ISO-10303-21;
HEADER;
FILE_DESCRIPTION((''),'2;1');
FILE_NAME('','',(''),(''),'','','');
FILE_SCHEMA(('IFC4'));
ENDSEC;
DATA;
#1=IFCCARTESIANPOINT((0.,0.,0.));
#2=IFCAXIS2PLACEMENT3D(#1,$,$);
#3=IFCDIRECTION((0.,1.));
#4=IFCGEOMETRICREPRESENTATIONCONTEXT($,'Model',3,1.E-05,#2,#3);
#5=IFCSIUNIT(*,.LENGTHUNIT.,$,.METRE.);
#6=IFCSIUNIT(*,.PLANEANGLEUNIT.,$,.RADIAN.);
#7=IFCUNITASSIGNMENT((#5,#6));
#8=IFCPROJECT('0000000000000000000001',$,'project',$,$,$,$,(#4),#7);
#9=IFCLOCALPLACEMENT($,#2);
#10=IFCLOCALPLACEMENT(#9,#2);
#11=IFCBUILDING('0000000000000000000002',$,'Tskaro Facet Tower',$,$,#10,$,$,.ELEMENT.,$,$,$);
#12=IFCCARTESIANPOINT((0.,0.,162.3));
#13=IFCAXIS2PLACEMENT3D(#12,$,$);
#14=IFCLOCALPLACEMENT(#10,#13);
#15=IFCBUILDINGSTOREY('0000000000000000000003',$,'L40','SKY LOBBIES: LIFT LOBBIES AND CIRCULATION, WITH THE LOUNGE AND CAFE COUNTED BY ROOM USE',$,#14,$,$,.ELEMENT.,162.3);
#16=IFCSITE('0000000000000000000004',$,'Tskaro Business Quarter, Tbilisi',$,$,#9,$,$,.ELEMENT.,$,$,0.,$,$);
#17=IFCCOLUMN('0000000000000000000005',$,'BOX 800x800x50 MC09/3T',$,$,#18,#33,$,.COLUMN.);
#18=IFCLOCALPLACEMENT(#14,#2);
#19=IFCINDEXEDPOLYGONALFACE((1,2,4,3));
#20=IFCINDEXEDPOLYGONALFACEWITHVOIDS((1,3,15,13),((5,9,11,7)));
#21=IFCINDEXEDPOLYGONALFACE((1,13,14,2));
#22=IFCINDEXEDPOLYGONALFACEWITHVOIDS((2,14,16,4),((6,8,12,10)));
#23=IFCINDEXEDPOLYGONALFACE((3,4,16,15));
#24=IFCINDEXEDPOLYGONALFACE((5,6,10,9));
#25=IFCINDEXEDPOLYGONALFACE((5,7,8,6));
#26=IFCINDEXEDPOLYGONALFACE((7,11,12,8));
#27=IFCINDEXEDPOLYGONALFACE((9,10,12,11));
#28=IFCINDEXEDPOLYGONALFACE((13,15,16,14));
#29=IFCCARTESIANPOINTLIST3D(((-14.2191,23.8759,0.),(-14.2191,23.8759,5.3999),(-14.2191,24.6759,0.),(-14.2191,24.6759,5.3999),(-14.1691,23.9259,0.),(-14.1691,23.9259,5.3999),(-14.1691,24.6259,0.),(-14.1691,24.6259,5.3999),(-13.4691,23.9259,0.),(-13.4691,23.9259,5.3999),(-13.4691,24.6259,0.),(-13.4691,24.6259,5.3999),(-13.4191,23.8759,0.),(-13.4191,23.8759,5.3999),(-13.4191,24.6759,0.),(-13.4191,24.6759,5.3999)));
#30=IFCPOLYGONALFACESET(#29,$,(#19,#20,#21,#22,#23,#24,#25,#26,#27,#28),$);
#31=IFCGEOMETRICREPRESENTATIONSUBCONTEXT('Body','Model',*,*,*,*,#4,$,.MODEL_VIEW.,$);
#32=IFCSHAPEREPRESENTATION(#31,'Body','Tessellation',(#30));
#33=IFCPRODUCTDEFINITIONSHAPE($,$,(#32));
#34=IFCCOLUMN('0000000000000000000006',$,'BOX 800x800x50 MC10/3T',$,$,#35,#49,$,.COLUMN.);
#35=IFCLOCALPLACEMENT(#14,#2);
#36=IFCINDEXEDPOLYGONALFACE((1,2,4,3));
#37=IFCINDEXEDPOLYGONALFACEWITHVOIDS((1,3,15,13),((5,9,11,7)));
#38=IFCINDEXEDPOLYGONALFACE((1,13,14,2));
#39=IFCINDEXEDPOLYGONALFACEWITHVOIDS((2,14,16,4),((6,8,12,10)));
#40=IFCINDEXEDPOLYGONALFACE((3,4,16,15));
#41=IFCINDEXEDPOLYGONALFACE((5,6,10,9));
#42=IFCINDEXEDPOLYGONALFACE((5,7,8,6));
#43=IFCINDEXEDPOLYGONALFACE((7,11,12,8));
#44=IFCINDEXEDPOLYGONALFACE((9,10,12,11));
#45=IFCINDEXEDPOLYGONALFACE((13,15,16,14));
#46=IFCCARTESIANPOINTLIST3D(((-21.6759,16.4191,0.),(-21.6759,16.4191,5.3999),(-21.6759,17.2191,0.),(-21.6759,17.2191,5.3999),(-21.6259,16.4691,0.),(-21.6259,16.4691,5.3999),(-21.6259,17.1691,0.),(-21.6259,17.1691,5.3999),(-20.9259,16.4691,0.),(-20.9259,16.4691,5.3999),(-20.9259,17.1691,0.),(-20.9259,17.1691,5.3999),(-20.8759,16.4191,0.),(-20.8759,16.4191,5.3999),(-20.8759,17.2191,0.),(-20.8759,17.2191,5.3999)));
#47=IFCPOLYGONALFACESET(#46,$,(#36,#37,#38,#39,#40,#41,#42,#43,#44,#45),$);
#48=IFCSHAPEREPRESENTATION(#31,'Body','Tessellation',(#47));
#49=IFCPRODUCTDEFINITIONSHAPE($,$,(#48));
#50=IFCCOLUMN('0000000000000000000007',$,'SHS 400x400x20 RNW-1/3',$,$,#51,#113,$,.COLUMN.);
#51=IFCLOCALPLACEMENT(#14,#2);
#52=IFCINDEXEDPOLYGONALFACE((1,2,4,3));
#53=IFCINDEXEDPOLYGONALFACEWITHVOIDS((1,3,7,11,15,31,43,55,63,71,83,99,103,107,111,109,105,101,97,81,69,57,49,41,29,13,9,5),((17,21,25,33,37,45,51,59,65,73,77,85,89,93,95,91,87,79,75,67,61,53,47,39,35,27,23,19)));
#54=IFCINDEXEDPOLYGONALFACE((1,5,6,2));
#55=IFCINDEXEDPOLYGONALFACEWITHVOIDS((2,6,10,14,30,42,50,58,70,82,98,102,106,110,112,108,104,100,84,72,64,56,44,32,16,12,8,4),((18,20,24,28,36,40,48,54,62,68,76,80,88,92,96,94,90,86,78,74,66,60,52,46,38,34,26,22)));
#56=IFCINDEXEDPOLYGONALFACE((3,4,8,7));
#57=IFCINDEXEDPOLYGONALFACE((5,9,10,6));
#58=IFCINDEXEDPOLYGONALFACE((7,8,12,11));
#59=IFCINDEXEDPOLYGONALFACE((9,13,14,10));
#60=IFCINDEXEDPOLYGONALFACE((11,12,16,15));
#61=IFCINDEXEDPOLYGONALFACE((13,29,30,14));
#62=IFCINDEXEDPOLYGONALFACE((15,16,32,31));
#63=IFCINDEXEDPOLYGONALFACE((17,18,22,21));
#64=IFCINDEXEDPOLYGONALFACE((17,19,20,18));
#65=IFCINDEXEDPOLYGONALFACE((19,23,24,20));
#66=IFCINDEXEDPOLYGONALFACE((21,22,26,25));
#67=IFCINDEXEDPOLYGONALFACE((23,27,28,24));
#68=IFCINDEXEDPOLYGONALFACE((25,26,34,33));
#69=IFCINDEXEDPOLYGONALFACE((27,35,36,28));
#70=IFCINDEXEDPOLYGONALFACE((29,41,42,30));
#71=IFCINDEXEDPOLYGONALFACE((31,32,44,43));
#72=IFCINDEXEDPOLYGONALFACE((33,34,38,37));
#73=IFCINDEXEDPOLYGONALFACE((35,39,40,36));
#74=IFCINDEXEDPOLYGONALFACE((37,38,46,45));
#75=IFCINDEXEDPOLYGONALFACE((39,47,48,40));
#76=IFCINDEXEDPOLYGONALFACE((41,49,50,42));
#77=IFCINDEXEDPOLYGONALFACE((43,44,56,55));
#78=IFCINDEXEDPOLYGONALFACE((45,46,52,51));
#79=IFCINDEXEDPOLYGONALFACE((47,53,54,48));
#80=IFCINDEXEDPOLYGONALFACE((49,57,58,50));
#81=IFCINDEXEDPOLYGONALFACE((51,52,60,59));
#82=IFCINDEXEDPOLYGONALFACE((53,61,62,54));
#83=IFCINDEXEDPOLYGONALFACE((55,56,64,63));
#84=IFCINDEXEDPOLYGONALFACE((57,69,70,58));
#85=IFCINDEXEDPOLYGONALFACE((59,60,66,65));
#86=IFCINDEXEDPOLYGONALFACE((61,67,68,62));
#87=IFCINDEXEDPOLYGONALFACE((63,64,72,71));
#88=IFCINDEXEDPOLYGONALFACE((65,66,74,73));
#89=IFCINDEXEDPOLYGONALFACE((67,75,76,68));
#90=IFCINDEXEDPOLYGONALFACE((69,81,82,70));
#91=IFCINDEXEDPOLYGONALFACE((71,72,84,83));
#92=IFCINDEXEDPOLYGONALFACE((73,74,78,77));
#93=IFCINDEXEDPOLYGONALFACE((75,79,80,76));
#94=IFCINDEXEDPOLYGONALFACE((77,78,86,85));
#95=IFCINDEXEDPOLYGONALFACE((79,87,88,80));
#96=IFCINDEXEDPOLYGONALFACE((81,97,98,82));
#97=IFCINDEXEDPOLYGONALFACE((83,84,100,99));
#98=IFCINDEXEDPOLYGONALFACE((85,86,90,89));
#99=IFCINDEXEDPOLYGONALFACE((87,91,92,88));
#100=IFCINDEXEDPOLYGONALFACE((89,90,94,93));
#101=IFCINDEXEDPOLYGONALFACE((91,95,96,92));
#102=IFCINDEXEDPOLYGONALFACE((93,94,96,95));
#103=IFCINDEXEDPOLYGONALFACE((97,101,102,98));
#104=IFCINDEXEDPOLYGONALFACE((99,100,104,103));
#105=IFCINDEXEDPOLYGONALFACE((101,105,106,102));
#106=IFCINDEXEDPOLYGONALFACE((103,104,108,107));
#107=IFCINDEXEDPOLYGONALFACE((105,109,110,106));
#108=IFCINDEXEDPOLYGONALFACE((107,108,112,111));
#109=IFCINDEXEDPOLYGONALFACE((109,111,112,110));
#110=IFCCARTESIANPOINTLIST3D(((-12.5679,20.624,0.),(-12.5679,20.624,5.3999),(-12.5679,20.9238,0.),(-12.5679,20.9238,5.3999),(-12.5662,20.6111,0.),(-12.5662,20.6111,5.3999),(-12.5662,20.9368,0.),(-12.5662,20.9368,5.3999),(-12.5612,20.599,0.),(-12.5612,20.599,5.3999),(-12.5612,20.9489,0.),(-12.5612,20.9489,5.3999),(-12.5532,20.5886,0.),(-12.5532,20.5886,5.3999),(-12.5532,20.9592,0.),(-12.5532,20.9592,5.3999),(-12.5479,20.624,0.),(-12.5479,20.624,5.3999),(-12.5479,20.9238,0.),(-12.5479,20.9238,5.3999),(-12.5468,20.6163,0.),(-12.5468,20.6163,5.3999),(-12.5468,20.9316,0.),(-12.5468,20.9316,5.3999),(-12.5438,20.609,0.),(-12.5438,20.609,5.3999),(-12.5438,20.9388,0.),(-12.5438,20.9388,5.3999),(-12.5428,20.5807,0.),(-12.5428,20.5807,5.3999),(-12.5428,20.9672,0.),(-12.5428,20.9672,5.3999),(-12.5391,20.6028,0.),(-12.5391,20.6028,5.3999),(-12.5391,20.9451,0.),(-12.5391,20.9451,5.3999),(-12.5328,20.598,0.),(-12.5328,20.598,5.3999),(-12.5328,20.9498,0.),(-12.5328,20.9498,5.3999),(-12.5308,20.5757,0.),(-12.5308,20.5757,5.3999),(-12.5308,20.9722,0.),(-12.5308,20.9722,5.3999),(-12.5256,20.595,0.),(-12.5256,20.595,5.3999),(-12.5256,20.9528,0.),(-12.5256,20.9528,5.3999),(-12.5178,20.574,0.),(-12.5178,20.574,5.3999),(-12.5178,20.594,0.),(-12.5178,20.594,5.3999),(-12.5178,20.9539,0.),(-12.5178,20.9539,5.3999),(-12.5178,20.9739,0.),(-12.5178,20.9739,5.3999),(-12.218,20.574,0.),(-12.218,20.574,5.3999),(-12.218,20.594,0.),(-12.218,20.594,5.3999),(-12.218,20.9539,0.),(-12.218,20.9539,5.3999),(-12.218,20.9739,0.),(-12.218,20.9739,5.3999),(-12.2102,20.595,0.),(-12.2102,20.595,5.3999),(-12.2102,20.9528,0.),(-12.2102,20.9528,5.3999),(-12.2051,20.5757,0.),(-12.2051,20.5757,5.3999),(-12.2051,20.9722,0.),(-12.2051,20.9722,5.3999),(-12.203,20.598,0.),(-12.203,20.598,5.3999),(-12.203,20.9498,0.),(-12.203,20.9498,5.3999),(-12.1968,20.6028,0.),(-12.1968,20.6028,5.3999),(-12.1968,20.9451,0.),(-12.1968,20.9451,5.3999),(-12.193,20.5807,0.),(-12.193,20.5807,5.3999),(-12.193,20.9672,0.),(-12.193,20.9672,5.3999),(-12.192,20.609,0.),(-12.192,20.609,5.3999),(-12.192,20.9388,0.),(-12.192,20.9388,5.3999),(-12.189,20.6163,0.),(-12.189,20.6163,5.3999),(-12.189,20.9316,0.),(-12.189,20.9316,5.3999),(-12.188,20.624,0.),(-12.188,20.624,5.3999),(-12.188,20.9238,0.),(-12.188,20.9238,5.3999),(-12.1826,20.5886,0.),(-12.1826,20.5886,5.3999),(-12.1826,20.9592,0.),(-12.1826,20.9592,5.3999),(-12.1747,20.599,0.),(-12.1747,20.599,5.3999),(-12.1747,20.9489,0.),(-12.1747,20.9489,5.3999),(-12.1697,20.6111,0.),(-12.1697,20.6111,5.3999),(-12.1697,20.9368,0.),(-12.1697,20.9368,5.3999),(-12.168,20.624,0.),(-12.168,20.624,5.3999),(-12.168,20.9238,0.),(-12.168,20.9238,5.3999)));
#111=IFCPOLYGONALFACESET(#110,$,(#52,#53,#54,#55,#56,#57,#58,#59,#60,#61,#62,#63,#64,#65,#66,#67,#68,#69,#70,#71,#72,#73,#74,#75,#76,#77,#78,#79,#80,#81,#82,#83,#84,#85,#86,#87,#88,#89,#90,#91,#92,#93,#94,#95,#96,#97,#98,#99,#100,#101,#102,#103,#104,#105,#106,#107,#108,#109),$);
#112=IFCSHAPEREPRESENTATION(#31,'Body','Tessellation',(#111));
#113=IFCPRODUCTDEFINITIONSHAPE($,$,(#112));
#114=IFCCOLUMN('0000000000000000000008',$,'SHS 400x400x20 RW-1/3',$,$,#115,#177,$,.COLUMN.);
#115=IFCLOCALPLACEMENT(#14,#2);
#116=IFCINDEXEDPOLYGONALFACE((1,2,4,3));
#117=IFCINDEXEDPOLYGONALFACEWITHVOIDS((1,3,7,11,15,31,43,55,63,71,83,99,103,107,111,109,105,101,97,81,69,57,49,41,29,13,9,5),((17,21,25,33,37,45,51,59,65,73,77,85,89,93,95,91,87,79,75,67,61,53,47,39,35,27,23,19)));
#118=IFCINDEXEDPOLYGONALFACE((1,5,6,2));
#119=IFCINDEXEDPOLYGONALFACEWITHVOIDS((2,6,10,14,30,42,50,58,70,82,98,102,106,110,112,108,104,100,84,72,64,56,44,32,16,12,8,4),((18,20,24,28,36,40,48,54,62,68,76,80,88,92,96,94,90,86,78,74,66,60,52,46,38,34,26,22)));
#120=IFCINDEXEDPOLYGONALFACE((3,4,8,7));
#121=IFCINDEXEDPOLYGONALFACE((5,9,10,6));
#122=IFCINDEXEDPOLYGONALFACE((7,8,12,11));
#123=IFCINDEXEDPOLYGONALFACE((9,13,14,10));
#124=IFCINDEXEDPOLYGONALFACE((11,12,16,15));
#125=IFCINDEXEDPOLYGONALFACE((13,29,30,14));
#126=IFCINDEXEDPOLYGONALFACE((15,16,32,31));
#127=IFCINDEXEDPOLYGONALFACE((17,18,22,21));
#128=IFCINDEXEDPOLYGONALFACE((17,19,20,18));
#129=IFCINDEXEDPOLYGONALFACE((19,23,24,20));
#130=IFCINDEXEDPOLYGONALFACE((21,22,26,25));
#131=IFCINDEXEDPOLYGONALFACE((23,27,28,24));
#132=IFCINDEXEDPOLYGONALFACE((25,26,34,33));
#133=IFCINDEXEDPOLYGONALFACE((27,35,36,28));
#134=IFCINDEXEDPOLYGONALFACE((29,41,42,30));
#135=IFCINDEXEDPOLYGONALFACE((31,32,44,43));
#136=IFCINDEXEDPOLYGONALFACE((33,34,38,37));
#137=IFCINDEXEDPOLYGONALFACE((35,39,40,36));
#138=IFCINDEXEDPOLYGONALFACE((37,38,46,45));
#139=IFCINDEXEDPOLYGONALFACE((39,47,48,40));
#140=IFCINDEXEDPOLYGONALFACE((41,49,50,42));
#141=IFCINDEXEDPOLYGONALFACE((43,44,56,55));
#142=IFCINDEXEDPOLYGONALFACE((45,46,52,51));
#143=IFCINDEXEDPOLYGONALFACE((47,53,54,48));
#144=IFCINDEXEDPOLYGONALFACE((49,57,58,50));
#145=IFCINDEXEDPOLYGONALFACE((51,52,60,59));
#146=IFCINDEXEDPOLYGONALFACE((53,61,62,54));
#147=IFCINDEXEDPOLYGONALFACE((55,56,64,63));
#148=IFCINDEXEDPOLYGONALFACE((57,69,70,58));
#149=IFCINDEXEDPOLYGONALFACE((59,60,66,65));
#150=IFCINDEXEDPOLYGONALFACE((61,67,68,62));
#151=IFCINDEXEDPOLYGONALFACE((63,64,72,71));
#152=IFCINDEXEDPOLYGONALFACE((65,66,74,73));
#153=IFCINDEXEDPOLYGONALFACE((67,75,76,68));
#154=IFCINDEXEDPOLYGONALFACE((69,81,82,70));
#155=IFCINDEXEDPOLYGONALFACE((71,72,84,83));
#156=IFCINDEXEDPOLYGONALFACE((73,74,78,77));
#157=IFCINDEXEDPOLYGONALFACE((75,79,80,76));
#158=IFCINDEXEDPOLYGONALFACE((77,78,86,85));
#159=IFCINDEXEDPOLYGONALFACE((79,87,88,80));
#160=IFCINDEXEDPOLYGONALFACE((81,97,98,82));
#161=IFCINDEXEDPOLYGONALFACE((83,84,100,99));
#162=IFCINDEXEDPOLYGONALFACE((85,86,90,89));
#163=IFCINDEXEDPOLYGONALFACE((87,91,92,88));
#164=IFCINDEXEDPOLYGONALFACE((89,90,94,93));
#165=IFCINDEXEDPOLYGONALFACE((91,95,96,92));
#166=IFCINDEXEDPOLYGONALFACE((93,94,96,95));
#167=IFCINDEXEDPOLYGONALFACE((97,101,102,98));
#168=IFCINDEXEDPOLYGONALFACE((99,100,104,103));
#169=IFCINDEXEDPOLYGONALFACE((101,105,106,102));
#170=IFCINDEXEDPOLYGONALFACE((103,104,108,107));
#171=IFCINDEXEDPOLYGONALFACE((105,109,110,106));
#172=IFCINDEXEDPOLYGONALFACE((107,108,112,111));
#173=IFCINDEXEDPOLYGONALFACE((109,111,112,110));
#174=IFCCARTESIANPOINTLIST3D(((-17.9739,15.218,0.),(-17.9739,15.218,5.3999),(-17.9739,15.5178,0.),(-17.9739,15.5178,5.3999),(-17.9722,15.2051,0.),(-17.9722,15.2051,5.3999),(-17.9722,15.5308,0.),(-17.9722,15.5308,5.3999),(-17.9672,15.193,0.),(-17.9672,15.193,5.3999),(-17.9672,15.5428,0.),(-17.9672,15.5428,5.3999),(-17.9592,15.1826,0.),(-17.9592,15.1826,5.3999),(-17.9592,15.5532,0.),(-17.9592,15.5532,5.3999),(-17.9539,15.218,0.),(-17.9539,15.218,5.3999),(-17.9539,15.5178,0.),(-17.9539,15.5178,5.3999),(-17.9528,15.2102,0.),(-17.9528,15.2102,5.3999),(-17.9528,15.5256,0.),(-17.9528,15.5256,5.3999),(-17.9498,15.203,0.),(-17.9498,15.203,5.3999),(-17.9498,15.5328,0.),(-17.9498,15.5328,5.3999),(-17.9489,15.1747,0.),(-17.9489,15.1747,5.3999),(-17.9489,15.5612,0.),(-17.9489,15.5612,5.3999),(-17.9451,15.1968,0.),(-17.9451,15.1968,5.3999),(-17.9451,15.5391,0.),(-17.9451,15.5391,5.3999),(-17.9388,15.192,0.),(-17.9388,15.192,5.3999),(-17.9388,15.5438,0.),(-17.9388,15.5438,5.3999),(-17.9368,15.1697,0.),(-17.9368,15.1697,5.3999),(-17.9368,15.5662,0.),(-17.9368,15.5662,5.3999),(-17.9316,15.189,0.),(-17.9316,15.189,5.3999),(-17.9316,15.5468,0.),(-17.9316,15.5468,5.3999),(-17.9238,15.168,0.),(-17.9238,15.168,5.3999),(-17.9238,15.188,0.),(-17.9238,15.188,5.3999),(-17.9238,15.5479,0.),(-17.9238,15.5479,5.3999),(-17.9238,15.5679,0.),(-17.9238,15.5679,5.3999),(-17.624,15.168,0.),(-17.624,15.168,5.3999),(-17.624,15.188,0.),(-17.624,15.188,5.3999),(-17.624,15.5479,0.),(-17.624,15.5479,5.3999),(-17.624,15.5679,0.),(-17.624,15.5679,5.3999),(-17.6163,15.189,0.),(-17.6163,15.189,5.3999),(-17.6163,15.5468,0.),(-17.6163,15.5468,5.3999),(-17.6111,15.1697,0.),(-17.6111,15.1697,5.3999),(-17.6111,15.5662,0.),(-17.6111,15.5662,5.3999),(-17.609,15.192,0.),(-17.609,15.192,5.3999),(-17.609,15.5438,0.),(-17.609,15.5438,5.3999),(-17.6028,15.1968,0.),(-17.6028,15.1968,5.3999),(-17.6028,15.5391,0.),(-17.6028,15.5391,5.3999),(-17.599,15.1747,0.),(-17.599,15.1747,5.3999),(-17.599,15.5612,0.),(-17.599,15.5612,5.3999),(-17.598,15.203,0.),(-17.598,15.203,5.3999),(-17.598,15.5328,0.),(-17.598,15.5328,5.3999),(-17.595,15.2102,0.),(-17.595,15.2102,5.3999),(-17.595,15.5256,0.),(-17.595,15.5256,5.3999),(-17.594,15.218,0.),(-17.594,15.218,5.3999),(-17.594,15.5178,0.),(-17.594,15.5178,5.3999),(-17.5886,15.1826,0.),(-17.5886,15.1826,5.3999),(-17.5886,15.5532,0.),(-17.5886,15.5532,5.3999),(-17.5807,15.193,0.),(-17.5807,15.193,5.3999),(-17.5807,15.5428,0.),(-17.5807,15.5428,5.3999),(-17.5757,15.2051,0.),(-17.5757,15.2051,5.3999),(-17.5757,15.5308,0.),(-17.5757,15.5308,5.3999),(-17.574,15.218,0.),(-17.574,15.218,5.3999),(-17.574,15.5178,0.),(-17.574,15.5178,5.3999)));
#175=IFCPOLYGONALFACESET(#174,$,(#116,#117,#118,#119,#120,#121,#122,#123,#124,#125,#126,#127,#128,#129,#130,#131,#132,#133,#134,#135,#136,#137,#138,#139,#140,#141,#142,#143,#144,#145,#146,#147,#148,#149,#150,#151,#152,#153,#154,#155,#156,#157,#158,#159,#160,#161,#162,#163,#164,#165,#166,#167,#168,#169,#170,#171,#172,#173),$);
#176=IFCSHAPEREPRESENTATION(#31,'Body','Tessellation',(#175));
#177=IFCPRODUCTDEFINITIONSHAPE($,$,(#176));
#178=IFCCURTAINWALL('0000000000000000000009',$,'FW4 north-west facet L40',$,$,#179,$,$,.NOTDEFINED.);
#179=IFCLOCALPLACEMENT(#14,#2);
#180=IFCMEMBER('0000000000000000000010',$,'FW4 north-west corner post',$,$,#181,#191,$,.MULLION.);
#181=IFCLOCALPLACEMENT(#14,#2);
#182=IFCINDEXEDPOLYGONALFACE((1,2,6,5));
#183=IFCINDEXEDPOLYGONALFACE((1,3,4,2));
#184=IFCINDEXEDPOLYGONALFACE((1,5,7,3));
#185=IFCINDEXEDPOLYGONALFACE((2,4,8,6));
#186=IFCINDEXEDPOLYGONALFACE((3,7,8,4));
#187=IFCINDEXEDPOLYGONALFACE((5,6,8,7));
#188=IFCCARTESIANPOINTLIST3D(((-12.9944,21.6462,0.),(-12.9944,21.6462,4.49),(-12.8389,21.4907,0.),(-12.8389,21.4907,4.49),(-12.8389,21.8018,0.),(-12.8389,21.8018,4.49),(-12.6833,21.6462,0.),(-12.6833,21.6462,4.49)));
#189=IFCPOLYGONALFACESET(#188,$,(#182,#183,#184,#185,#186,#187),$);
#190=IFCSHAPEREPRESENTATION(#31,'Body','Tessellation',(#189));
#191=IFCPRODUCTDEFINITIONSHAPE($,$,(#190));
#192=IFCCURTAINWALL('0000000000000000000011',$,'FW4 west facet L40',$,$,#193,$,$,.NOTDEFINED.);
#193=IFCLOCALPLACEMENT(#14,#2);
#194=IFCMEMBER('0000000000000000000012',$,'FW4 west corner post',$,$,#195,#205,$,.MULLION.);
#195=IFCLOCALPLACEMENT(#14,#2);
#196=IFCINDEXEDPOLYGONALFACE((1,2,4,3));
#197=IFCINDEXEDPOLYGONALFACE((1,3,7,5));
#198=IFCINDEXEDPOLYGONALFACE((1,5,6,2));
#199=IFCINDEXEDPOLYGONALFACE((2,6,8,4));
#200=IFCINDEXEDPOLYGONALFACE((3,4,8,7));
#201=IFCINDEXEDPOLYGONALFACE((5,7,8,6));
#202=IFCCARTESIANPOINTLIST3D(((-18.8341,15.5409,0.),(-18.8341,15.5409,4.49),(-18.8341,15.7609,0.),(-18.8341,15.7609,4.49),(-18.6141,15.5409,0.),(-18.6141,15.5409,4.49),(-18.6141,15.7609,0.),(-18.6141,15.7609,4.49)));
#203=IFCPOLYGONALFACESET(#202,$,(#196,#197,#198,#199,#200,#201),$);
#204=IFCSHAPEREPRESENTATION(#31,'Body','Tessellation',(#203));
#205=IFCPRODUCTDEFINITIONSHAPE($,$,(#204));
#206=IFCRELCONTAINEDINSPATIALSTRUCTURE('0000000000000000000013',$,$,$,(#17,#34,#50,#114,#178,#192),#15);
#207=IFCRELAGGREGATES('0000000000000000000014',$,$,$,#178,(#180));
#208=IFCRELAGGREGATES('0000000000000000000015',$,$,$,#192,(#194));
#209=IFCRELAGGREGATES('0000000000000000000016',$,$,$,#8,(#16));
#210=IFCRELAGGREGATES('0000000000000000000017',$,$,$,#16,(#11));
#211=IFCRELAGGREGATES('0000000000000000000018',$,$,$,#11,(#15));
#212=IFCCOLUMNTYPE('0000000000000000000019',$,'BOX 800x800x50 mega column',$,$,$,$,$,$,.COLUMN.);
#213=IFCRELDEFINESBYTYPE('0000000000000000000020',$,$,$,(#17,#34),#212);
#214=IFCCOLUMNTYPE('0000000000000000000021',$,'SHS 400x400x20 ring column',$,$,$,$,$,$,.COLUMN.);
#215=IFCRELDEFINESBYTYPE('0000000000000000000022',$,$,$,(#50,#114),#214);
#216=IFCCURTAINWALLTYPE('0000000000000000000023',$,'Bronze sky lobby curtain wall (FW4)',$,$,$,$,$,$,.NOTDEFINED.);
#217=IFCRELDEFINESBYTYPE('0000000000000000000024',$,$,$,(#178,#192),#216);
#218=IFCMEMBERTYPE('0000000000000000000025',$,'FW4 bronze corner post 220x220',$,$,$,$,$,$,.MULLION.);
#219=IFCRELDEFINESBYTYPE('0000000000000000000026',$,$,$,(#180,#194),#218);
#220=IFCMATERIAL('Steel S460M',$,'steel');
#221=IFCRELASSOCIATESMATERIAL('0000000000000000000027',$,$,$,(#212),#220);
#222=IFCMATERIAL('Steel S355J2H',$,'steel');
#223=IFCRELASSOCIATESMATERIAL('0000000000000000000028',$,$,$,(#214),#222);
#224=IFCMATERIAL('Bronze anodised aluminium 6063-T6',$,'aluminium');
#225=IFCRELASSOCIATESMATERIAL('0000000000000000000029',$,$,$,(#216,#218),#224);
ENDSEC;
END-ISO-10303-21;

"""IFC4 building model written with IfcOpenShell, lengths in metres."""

from ifc_helpers import new_model, si_unit, direction, frame, origin, origin_2d, place, context, subcontext, project, spatial, rectangle, hollow_rectangle, extrude, material, material_profile, profile_set, type_object, element, aggregate, save


model = new_model("IFC4")

# Units and contexts
model_context = context("Model", 3, precision=1e-05, world=origin(), true_north=direction((0.0, 1.0)))
body_context = subcontext(model_context, "Body", "Model", "MODEL_VIEW")
ifc_project = project(units=[si_unit("LENGTHUNIT", "METRE"), si_unit("PLANEANGLEUNIT", "RADIAN")], contexts=[model_context])

# Site, building, storey
site_placement = place(None, origin())
site = spatial("IfcSite", under=ifc_project, at=site_placement, Name="Tskaro Business Quarter, Tbilisi", CompositionType="ELEMENT", RefElevation=0.0)
building_placement = place(site_placement, origin())
building = spatial("IfcBuilding", under=site, at=building_placement, Name="Tskaro Facet Tower", CompositionType="ELEMENT")
storey_placement = place(building_placement, frame((0.0, 0.0, 162.3)))
storey = spatial("IfcBuildingStorey", under=building, at=storey_placement, Name="L40", Description="SKY LOBBIES: LIFT LOBBIES AND CIRCULATION, WITH THE LOUNGE AND CAFE COUNTED BY ROOM USE", CompositionType="ELEMENT", Elevation=162.3)

# Columns
ifc_material_1 = material(Name="Steel S460M", Category="steel")
ifc_material_profile_1 = material_profile(ifc_material_1, hollow_rectangle(XDim=0.8, YDim=0.8, WallThickness=0.05, at=origin_2d()), Name="BOX 800x800x50")
ifc_profile_set_1 = profile_set([ifc_material_profile_1], Name="Steel S460M")
column_type_1 = type_object("IfcColumnType", Name="BOX 800x800x50 mega column", PredefinedType="COLUMN", material=ifc_profile_set_1)
for number, where, z_axis, x_axis, name in (
    (1, (-13.8191, 24.2759, 0.0), (0.0, 0.0, 1.0), (1.0, 0.0, 0.0), "BOX 800x800x50 MC09/3T"),
    (2, (-21.2759, 16.8191, 0.0), (0.0, 0.0, 1.0), (1.0, 0.0, 0.0), "BOX 800x800x50 MC10/3T"),
):
    element("IfcColumn", number, at=place(storey_placement, frame(where, z_axis=z_axis, x_axis=x_axis)), inside=storey, type_object=column_type_1, Name=name, PredefinedType="COLUMN", context=body_context, shape_type="SweptSolid", body=[
        extrude(hollow_rectangle(XDim=0.8, YDim=0.8, WallThickness=0.05, at=origin_2d()), origin(), (0.0, 0.0, 1.0), 5.3999),
    ])
ifc_material_2 = material(Name="Steel S355J2H", Category="steel")
ifc_material_profile_2 = material_profile(ifc_material_2, hollow_rectangle(XDim=0.3999, YDim=0.3999, WallThickness=0.02, InnerFilletRadius=0.03, OuterFilletRadius=0.05, at=origin_2d()), Name="SHS 400x400x20")
ifc_profile_set_2 = profile_set([ifc_material_profile_2], Name="Steel S355J2H")
column_type_2 = type_object("IfcColumnType", Name="SHS 400x400x20 ring column", PredefinedType="COLUMN", material=ifc_profile_set_2)
for number, where, z_axis, x_axis, name in (
    (3, (-12.3679, 20.7739, 0.0), (0.0, 0.0, 1.0), (1.0, 0.0, 0.0), "SHS 400x400x20 RNW-1/3"),
    (4, (-17.7739, 15.3679, 0.0), (0.0, 0.0, 1.0), (1.0, 0.0, 0.0), "SHS 400x400x20 RW-1/3"),
):
    element("IfcColumn", number, at=place(storey_placement, frame(where, z_axis=z_axis, x_axis=x_axis)), inside=storey, type_object=column_type_2, Name=name, PredefinedType="COLUMN", context=body_context, shape_type="SweptSolid", body=[
        extrude(hollow_rectangle(XDim=0.3999, YDim=0.3999, WallThickness=0.02, InnerFilletRadius=0.03, OuterFilletRadius=0.05, at=origin_2d()), origin(), (0.0, 0.0, 1.0), 5.3999),
    ])

# Curtain wall, member
ifc_material_3 = material(Name="Bronze anodised aluminium 6063-T6", Category="aluminium")
curtain_wall_type = type_object("IfcCurtainWallType", Name="Bronze sky lobby curtain wall (FW4)", PredefinedType="NOTDEFINED", material=ifc_material_3)
curtain_wall_1_placement = place(storey_placement, origin())
curtain_wall_1 = element("IfcCurtainWall", 5, at=curtain_wall_1_placement, inside=storey, type_object=curtain_wall_type, Name="FW4 north-west facet L40", PredefinedType="NOTDEFINED")
ifc_material_profile_3 = material_profile(ifc_material_3, rectangle(XDim=0.22, YDim=0.22, at=origin_2d()), Name="Corner post 220x220")
ifc_profile_set_3 = profile_set([ifc_material_profile_3], Name="Bronze anodised aluminium 6063-T6")
member_type_1 = type_object("IfcMemberType", Name="FW4 bronze corner post 220x220", PredefinedType="MULLION", material=ifc_profile_set_3)
member_1_placement = place(storey_placement, frame((-12.8389, 21.6462, 0.0), z_axis=(0.0, 0.0, 1.0), x_axis=(-0.707107, -0.707107, 0.0)))
member_1 = element("IfcMember", 6, at=member_1_placement, type_object=member_type_1, Name="FW4 north-west corner post", PredefinedType="MULLION", context=body_context, shape_type="SweptSolid", body=[
    extrude(rectangle(XDim=0.22, YDim=0.22, at=origin_2d()), origin(), (0.0, 0.0, 1.0), 4.49),
])

# Curtain wall, member
curtain_wall_2_placement = place(storey_placement, origin())
curtain_wall_2 = element("IfcCurtainWall", 7, at=curtain_wall_2_placement, inside=storey, type_object=curtain_wall_type, Name="FW4 west facet L40", PredefinedType="NOTDEFINED")
member_2_placement = place(storey_placement, frame((-18.7241, 15.6509, 0.0), z_axis=(0.0, 0.0, 1.0), x_axis=(0.0, -1.0, 0.0)))
member_2 = element("IfcMember", 8, at=member_2_placement, type_object=member_type_1, Name="FW4 west corner post", PredefinedType="MULLION", context=body_context, shape_type="SweptSolid", body=[
    extrude(rectangle(XDim=0.22, YDim=0.22, at=origin_2d()), origin(), (0.0, 0.0, 1.0), 4.49),
])

aggregate(curtain_wall_1, [member_1])
aggregate(curtain_wall_2, [member_2])

save(model, "model.ifc")
